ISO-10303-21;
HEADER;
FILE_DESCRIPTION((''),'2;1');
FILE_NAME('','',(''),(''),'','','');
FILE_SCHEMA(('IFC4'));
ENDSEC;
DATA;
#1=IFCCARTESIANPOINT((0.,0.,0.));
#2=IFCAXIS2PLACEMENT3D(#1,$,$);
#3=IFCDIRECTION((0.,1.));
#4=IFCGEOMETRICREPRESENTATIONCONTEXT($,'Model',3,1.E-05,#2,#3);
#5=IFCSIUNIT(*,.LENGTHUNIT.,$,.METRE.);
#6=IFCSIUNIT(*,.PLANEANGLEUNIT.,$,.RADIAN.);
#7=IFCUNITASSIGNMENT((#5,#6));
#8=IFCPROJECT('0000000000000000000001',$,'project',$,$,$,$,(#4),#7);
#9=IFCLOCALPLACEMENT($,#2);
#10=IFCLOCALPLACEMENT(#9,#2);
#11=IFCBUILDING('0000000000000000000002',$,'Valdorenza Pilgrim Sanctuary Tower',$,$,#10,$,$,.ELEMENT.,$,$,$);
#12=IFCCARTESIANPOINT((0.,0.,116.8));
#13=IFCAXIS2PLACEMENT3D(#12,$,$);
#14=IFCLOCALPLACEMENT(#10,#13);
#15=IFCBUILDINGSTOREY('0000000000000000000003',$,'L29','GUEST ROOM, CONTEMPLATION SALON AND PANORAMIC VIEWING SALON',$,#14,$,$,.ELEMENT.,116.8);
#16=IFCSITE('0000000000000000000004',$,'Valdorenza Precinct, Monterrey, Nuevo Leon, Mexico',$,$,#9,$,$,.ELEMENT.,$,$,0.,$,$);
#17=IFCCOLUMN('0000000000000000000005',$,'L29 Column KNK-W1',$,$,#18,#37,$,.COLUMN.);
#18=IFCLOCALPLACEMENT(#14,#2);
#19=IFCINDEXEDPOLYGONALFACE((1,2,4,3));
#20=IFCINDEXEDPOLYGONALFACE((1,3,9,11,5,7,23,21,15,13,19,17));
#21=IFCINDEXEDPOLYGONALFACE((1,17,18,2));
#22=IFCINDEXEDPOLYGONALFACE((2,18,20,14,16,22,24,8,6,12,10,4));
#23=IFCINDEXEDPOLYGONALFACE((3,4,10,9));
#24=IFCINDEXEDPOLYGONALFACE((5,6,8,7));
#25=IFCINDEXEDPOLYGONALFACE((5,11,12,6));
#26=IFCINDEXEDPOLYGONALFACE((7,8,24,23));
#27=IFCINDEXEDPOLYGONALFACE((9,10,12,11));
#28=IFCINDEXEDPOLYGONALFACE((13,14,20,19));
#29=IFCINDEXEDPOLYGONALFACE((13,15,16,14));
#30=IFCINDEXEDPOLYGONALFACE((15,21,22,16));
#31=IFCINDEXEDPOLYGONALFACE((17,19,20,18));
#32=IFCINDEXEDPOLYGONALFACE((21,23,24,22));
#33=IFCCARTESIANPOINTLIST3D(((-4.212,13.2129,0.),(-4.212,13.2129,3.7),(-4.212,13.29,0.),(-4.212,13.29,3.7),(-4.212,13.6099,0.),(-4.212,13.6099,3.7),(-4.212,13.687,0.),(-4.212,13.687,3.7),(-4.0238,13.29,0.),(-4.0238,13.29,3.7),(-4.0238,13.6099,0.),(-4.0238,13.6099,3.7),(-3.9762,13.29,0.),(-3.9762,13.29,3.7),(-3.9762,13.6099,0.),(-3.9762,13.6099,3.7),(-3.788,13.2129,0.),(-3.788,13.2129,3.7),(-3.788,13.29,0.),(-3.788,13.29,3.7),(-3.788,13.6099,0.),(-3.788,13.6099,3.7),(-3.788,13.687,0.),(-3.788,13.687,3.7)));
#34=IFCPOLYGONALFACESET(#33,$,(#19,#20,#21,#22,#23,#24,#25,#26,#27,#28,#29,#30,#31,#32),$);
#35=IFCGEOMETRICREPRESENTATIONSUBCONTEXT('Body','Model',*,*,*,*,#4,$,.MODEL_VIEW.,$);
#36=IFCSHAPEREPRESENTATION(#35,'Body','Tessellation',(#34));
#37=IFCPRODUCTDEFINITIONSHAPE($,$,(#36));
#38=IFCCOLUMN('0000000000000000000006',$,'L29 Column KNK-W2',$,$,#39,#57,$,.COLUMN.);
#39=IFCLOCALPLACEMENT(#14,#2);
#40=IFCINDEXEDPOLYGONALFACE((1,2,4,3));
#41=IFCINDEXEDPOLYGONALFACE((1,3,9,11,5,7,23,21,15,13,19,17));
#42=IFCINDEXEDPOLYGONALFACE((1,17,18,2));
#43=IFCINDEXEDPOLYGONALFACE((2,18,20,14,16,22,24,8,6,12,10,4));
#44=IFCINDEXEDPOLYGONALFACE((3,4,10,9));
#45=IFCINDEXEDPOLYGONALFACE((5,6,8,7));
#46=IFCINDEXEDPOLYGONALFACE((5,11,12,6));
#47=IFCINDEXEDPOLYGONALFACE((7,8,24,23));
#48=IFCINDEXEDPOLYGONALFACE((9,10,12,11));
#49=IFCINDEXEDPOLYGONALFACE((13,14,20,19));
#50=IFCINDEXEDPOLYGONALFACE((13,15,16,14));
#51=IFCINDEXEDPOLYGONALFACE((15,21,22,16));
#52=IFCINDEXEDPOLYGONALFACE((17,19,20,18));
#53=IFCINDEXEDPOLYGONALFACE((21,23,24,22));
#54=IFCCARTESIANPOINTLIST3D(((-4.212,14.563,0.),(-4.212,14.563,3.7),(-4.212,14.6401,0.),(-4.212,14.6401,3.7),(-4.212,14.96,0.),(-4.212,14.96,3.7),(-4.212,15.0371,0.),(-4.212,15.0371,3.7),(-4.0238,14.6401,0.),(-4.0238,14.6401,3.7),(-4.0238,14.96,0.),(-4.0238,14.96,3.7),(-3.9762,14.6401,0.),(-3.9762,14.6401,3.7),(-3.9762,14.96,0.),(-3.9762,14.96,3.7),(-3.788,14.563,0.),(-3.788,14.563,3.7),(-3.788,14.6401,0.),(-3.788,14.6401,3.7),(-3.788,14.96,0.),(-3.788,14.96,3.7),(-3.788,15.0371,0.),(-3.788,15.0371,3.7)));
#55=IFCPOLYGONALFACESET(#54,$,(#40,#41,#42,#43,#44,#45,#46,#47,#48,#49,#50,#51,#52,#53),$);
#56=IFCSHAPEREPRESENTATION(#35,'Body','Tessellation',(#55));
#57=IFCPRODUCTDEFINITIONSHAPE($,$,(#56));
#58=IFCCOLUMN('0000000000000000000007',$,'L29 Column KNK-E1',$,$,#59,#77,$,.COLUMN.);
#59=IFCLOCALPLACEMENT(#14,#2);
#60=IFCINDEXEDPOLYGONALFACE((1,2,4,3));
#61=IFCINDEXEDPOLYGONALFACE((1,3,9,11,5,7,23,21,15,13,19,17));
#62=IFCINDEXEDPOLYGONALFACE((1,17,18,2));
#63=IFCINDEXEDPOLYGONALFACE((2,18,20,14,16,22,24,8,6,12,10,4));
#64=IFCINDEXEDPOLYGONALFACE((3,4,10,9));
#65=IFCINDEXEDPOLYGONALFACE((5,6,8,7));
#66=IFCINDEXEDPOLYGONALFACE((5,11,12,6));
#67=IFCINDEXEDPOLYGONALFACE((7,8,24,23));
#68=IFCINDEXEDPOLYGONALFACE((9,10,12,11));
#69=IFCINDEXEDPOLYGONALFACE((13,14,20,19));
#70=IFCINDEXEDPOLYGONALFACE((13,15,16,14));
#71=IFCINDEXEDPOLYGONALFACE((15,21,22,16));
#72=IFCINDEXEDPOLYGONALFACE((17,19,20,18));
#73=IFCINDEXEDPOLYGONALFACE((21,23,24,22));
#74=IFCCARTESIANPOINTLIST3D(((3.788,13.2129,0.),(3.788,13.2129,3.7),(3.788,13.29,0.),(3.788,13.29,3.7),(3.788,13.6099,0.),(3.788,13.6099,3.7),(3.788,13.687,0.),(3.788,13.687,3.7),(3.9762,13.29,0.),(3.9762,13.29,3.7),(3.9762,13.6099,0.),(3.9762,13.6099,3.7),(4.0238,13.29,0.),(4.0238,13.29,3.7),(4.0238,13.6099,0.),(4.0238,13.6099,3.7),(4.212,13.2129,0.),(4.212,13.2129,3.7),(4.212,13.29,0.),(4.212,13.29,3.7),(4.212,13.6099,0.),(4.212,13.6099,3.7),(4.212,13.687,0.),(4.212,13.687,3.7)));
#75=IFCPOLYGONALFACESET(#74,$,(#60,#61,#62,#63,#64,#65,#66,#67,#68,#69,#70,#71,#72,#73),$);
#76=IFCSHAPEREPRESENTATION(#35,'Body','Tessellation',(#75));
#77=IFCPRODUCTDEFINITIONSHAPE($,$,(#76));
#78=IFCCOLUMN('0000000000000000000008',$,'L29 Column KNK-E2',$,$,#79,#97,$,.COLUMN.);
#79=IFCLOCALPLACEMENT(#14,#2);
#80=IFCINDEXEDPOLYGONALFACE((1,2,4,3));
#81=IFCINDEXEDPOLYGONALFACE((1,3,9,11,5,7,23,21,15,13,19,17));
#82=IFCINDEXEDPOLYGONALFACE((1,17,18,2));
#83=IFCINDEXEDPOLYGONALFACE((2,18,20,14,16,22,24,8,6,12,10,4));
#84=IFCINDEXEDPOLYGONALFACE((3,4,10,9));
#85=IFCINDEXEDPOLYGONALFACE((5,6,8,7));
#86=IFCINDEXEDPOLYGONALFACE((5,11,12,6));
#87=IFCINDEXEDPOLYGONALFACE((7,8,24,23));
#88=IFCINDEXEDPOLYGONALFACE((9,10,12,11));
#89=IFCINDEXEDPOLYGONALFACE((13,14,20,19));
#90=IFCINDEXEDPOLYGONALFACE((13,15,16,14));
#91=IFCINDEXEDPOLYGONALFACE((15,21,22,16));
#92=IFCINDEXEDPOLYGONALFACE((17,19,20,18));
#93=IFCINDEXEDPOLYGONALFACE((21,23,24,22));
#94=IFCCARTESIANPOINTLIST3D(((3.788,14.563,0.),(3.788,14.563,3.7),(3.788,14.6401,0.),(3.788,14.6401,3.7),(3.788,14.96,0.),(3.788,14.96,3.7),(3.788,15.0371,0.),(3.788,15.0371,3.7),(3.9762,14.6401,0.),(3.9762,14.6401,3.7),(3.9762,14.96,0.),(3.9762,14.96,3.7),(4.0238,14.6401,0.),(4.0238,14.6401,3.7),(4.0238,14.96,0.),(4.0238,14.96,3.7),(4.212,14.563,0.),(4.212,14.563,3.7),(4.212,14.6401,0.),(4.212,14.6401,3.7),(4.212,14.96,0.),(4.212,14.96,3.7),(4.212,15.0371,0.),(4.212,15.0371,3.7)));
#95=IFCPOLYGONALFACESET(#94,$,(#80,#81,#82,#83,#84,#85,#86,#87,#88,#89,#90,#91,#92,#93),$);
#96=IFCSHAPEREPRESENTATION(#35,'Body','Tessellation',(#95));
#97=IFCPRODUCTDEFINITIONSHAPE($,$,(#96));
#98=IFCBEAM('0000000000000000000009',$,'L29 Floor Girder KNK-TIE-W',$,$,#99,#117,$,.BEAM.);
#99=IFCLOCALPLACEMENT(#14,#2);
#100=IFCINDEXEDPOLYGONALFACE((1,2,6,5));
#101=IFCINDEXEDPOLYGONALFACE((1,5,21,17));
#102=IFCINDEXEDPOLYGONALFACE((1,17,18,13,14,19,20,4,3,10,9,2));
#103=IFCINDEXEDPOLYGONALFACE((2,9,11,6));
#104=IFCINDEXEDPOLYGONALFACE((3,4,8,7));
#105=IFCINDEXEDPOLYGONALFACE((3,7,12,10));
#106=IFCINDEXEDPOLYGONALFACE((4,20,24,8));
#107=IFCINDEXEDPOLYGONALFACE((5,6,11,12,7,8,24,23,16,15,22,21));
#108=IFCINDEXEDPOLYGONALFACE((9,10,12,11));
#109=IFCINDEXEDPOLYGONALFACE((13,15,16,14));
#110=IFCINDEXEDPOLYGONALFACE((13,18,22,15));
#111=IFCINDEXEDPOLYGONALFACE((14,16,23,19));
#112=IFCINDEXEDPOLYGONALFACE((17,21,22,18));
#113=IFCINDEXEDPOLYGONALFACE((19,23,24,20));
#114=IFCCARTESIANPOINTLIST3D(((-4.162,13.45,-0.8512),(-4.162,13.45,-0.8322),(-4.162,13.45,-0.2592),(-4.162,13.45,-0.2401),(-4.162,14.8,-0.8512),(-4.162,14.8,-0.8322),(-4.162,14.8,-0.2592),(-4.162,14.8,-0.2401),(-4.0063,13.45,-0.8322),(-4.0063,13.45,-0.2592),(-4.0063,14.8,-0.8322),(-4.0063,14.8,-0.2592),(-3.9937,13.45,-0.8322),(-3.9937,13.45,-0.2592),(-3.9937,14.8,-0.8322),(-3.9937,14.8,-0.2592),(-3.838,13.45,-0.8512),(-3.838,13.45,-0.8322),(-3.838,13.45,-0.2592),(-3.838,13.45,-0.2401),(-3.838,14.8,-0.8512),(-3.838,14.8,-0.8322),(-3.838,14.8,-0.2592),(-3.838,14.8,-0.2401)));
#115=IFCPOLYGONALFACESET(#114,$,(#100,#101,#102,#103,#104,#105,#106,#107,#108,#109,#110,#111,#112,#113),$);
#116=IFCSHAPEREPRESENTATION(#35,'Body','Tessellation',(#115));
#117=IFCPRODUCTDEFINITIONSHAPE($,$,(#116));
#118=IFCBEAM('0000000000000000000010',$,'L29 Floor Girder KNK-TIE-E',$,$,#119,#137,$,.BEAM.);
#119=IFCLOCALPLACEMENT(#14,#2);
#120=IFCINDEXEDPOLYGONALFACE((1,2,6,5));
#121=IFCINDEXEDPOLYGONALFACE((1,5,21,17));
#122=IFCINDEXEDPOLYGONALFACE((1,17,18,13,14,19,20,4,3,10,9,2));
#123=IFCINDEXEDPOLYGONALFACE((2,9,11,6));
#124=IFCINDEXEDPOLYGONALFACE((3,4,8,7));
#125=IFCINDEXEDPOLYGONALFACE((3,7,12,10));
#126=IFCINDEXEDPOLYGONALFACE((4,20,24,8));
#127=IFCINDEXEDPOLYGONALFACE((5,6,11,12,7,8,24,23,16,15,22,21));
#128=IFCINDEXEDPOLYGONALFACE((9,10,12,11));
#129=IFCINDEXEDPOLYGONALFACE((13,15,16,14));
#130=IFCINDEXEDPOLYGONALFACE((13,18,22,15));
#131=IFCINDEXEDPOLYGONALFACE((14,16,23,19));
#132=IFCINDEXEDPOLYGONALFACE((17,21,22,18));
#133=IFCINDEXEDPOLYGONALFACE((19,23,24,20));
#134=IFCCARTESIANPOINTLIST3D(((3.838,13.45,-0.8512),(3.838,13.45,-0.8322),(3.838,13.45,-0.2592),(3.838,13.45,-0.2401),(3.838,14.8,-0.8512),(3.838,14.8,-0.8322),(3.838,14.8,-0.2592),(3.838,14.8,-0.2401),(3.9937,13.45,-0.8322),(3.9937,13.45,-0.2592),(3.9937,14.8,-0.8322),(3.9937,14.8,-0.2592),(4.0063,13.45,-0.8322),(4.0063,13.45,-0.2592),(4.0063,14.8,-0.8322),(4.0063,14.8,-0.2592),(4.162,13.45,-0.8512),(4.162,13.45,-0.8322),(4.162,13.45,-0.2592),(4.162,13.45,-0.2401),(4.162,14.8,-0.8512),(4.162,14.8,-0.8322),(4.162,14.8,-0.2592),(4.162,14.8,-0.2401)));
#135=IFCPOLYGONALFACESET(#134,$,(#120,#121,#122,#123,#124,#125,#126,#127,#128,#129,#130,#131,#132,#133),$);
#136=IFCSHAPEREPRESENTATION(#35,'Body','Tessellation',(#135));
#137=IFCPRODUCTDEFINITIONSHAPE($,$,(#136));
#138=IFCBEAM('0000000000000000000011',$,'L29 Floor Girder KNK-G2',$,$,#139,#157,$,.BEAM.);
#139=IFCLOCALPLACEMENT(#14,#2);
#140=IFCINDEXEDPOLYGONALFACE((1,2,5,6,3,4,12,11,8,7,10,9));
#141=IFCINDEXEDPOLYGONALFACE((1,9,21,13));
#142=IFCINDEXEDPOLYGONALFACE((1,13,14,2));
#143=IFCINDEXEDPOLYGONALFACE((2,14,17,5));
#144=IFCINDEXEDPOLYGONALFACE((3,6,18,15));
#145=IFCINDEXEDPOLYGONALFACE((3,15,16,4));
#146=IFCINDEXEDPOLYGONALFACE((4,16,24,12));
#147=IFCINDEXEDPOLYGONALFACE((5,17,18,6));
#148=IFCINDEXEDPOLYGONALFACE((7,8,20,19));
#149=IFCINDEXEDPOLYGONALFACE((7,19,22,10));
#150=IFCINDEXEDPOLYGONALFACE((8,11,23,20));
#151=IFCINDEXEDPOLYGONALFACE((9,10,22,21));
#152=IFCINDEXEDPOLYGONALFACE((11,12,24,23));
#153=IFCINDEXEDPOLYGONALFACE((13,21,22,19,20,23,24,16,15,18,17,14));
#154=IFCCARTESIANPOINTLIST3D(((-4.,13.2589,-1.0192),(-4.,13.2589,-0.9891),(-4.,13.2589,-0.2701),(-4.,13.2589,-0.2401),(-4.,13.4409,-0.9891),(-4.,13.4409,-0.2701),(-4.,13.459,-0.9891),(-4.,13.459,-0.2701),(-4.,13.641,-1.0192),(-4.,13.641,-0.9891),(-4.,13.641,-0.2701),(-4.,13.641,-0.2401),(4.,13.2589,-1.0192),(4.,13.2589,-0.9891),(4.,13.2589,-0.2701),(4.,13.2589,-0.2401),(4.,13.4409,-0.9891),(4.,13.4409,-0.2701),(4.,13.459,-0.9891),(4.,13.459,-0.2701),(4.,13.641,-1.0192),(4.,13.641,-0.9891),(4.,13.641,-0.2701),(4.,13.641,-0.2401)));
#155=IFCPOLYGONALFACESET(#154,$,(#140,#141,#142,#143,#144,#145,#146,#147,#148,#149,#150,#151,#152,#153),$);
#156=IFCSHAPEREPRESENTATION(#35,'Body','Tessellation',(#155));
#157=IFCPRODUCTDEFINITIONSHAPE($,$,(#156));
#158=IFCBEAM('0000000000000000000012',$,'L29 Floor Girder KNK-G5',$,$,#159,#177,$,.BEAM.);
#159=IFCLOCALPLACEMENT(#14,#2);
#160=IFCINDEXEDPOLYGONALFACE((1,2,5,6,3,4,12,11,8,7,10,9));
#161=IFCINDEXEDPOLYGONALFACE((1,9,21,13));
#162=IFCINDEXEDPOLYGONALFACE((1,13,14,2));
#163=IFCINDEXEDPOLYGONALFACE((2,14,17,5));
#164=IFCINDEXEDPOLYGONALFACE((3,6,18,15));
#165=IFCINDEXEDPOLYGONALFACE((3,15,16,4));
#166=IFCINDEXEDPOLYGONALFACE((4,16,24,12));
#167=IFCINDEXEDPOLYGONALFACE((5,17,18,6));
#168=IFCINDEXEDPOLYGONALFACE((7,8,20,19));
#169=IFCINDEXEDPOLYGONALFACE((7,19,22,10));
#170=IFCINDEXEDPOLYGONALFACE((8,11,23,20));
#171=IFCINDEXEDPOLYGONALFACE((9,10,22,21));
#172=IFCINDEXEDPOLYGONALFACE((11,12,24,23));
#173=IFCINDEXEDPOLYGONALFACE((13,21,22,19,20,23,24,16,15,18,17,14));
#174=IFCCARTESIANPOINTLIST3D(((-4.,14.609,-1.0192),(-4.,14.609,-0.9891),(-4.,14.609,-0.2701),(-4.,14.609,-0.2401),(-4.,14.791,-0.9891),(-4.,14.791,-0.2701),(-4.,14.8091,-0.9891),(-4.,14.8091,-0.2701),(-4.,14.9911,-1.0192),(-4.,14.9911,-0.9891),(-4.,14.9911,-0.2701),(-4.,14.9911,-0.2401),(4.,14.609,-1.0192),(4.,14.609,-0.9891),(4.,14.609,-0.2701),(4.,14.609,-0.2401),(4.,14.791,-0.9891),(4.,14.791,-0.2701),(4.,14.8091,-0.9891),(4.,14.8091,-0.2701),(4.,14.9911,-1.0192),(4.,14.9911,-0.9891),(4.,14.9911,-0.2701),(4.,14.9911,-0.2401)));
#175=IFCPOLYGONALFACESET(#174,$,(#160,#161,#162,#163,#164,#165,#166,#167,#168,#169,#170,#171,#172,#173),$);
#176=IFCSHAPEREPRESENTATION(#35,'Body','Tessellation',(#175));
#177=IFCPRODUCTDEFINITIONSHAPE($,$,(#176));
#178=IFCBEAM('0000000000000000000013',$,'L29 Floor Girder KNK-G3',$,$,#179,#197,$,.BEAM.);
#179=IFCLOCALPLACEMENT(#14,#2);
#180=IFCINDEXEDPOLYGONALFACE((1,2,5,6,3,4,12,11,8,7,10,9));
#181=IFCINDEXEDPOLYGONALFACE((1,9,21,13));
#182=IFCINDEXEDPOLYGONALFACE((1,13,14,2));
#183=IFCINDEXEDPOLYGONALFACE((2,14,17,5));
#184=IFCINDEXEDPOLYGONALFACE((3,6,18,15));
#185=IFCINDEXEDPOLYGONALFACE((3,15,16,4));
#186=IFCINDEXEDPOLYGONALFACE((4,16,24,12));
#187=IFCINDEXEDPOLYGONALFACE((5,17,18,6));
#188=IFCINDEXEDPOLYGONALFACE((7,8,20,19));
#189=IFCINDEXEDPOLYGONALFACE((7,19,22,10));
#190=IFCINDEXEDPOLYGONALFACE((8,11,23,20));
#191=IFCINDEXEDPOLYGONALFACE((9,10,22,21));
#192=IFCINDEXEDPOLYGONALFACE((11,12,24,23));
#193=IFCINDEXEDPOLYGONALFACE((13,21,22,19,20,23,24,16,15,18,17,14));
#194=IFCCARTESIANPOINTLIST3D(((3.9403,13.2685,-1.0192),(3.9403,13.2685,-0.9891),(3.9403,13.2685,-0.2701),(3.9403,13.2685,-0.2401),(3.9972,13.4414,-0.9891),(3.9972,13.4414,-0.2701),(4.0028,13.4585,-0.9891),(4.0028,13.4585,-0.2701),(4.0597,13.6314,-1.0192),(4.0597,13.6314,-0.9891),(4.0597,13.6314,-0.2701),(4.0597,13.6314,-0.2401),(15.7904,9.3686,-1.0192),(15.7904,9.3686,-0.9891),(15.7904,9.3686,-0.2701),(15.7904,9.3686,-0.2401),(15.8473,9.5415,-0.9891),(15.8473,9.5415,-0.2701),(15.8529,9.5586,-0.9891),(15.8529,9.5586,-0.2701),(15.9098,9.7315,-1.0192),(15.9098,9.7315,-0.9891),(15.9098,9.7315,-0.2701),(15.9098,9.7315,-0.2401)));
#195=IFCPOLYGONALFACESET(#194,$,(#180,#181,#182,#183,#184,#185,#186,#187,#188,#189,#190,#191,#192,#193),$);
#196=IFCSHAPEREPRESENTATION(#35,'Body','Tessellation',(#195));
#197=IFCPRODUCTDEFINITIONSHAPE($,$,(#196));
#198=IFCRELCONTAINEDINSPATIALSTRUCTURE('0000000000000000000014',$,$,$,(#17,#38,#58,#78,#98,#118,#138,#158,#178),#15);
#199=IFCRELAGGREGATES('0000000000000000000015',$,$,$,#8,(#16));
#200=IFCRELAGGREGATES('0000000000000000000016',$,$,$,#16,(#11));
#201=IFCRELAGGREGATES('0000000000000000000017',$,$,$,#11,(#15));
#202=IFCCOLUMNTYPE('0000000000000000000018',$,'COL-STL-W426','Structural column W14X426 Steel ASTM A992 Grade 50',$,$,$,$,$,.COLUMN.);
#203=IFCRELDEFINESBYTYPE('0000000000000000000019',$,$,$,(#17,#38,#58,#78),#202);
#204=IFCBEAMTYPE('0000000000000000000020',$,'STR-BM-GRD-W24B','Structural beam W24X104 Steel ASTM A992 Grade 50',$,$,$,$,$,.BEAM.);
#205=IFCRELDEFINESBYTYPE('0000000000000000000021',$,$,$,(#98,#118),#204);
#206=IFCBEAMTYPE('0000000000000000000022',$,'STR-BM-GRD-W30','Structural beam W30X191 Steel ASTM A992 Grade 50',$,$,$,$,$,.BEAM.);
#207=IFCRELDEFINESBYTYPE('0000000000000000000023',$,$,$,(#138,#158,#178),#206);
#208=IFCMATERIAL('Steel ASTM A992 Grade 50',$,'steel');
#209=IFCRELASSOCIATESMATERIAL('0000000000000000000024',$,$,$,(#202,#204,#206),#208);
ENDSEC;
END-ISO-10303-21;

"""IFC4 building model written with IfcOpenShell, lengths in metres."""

from ifc_helpers import new_model, si_unit, direction, frame, origin, origin_2d, place, context, subcontext, project, spatial, i_section, extrude, source, transform, mapped, material, material_profile, profile_set, type_object, element, save


model = new_model("IFC4")

# Units and contexts
model_context = context("Model", 3, precision=1e-05, world=origin(), true_north=direction((0.0, 1.0)))
body_context = subcontext(model_context, "Body", "Model", "MODEL_VIEW")
ifc_project = project(units=[si_unit("LENGTHUNIT", "METRE"), si_unit("PLANEANGLEUNIT", "RADIAN")], contexts=[model_context])

# Site, building, storey
site_placement = place(None, origin())
site = spatial("IfcSite", under=ifc_project, at=site_placement, Name="Valdorenza Precinct, Monterrey, Nuevo Leon, Mexico", CompositionType="ELEMENT", RefElevation=0.0)
building_placement = place(site_placement, origin())
building = spatial("IfcBuilding", under=site, at=building_placement, Name="Valdorenza Pilgrim Sanctuary Tower", CompositionType="ELEMENT")
storey_placement = place(building_placement, frame((0.0, 0.0, 116.8)))
storey = spatial("IfcBuildingStorey", under=building, at=storey_placement, Name="L29", Description="GUEST ROOM, CONTEMPLATION SALON AND PANORAMIC VIEWING SALON", CompositionType="ELEMENT", Elevation=116.8)

# Columns
ifc_material_1 = material(Name="Steel ASTM A992 Grade 50", Category="steel")
ifc_material_profile_1 = material_profile(ifc_material_1, i_section(OverallWidth=0.4241, OverallDepth=0.4741, WebThickness=0.0476, FlangeThickness=0.0771, at=origin_2d()), Name="W14X426")
ifc_profile_set_1 = profile_set([ifc_material_profile_1], Name="Steel ASTM A992 Grade 50")
column_type = type_object("IfcColumnType", Name="COL-STL-W426", Description="Structural column W14X426 Steel ASTM A992 Grade 50", PredefinedType="COLUMN", material=ifc_profile_set_1)
shared_shape_1 = source(origin(), body_context, "Body", "SweptSolid", [
    extrude(i_section(OverallWidth=0.4241, OverallDepth=0.4741, WebThickness=0.0476, FlangeThickness=0.0771, at=origin_2d()), origin(), (0.0, 0.0, 1.0), 3.7),
])
for number, where, z_axis, x_axis, name in (
    (1, (-4.0, 13.45, 0.0), (0.0, 0.0, 1.0), (1.0, 0.0, 0.0), "L29 Column KNK-W1"),
    (2, (-4.0, 14.8, 0.0), (0.0, 0.0, 1.0), (1.0, 0.0, 0.0), "L29 Column KNK-W2"),
    (3, (4.0, 13.45, 0.0), (0.0, 0.0, 1.0), (1.0, 0.0, 0.0), "L29 Column KNK-E1"),
    (4, (4.0, 14.8, 0.0), (0.0, 0.0, 1.0), (1.0, 0.0, 0.0), "L29 Column KNK-E2"),
):
    element("IfcColumn", number, at=place(storey_placement, frame(where, z_axis=z_axis, x_axis=x_axis)), inside=storey, type_object=column_type, Name=name, PredefinedType="COLUMN", context=body_context, shape_type="MappedRepresentation", body=[
        mapped(shared_shape_1, transform((0.0, 0.0, 0.0), x_axis=(1.0, 0.0, 0.0), y_axis=(0.0, 1.0, 0.0), z_axis=(0.0, 0.0, 1.0), scale=1.0)),
    ])

# Beams
ifc_material_profile_2 = material_profile(ifc_material_1, i_section(OverallWidth=0.324, OverallDepth=0.6111, WebThickness=0.0127, FlangeThickness=0.019, at=origin_2d()), Name="W24X104")
ifc_profile_set_2 = profile_set([ifc_material_profile_2], Name="Steel ASTM A992 Grade 50")
beam_type_1 = type_object("IfcBeamType", Name="STR-BM-GRD-W24B", Description="Structural beam W24X104 Steel ASTM A992 Grade 50", PredefinedType="BEAM", material=ifc_profile_set_2)
shared_shape_2 = source(origin(), body_context, "Body", "SweptSolid", [
    extrude(i_section(OverallWidth=0.324, OverallDepth=0.6111, WebThickness=0.0127, FlangeThickness=0.019, at=origin_2d()), origin(), (0.0, 0.0, 1.0), 1.3501),
])
for number, where, z_axis, x_axis, name in (
    (5, (-4.0, 13.45, -0.5457), (0.0, 1.0, 0.0), (-1.0, 0.0, 0.0), "L29 Floor Girder KNK-TIE-W"),
    (6, (4.0, 13.45, -0.5457), (0.0, 1.0, 0.0), (-1.0, 0.0, 0.0), "L29 Floor Girder KNK-TIE-E"),
):
    element("IfcBeam", number, at=place(storey_placement, frame(where, z_axis=z_axis, x_axis=x_axis)), inside=storey, type_object=beam_type_1, Name=name, PredefinedType="BEAM", context=body_context, shape_type="MappedRepresentation", body=[
        mapped(shared_shape_2, transform((0.0, 0.0, 0.0), x_axis=(1.0, 0.0, 0.0), y_axis=(0.0, 1.0, 0.0), z_axis=(0.0, 0.0, 1.0), scale=1.0)),
    ])
ifc_material_profile_3 = material_profile(ifc_material_1, i_section(OverallWidth=0.3821, OverallDepth=0.7791, WebThickness=0.0181, FlangeThickness=0.03, at=origin_2d()), Name="W30X191")
ifc_profile_set_3 = profile_set([ifc_material_profile_3], Name="Steel ASTM A992 Grade 50")
beam_type_2 = type_object("IfcBeamType", Name="STR-BM-GRD-W30", Description="Structural beam W30X191 Steel ASTM A992 Grade 50", PredefinedType="BEAM", material=ifc_profile_set_3)
shared_shape_3 = source(origin(), body_context, "Body", "SweptSolid", [
    extrude(i_section(OverallWidth=0.3821, OverallDepth=0.7791, WebThickness=0.0181, FlangeThickness=0.03, at=origin_2d()), origin(), (0.0, 0.0, 1.0), 8.0),
])
for number, where, z_axis, x_axis, name in (
    (7, (-4.0, 13.45, -0.6296), (1.0, 0.0, 0.0), (0.0, 1.0, 0.0), "L29 Floor Girder KNK-G2"),
    (8, (-4.0, 14.8, -0.6296), (1.0, 0.0, 0.0), (0.0, 1.0, 0.0), "L29 Floor Girder KNK-G5"),
):
    element("IfcBeam", number, at=place(storey_placement, frame(where, z_axis=z_axis, x_axis=x_axis)), inside=storey, type_object=beam_type_2, Name=name, PredefinedType="BEAM", context=body_context, shape_type="MappedRepresentation", body=[
        mapped(shared_shape_3, transform((0.0, 0.0, 0.0), x_axis=(1.0, 0.0, 0.0), y_axis=(0.0, 1.0, 0.0), z_axis=(0.0, 0.0, 1.0), scale=1.0)),
    ])
shared_shape_4 = source(origin(), body_context, "Body", "SweptSolid", [
    extrude(i_section(OverallWidth=0.3821, OverallDepth=0.7791, WebThickness=0.0181, FlangeThickness=0.03, at=origin_2d()), origin(), (0.0, 0.0, 1.0), 12.4753),
])
beam_1_placement = place(storey_placement, frame((4.0, 13.45, -0.6296), z_axis=(0.949882, -0.312609, 0.0), x_axis=(0.312609, 0.949882, 0.0)))
element("IfcBeam", 9, at=beam_1_placement, inside=storey, type_object=beam_type_2, Name="L29 Floor Girder KNK-G3", PredefinedType="BEAM", context=body_context, shape_type="MappedRepresentation", body=[
    mapped(shared_shape_4, transform((0.0, 0.0, 0.0), x_axis=(1.0, 0.0, 0.0), y_axis=(0.0, 1.0, 0.0), z_axis=(0.0, 0.0, 1.0), scale=1.0)),
])

save(model, "model.ifc")
